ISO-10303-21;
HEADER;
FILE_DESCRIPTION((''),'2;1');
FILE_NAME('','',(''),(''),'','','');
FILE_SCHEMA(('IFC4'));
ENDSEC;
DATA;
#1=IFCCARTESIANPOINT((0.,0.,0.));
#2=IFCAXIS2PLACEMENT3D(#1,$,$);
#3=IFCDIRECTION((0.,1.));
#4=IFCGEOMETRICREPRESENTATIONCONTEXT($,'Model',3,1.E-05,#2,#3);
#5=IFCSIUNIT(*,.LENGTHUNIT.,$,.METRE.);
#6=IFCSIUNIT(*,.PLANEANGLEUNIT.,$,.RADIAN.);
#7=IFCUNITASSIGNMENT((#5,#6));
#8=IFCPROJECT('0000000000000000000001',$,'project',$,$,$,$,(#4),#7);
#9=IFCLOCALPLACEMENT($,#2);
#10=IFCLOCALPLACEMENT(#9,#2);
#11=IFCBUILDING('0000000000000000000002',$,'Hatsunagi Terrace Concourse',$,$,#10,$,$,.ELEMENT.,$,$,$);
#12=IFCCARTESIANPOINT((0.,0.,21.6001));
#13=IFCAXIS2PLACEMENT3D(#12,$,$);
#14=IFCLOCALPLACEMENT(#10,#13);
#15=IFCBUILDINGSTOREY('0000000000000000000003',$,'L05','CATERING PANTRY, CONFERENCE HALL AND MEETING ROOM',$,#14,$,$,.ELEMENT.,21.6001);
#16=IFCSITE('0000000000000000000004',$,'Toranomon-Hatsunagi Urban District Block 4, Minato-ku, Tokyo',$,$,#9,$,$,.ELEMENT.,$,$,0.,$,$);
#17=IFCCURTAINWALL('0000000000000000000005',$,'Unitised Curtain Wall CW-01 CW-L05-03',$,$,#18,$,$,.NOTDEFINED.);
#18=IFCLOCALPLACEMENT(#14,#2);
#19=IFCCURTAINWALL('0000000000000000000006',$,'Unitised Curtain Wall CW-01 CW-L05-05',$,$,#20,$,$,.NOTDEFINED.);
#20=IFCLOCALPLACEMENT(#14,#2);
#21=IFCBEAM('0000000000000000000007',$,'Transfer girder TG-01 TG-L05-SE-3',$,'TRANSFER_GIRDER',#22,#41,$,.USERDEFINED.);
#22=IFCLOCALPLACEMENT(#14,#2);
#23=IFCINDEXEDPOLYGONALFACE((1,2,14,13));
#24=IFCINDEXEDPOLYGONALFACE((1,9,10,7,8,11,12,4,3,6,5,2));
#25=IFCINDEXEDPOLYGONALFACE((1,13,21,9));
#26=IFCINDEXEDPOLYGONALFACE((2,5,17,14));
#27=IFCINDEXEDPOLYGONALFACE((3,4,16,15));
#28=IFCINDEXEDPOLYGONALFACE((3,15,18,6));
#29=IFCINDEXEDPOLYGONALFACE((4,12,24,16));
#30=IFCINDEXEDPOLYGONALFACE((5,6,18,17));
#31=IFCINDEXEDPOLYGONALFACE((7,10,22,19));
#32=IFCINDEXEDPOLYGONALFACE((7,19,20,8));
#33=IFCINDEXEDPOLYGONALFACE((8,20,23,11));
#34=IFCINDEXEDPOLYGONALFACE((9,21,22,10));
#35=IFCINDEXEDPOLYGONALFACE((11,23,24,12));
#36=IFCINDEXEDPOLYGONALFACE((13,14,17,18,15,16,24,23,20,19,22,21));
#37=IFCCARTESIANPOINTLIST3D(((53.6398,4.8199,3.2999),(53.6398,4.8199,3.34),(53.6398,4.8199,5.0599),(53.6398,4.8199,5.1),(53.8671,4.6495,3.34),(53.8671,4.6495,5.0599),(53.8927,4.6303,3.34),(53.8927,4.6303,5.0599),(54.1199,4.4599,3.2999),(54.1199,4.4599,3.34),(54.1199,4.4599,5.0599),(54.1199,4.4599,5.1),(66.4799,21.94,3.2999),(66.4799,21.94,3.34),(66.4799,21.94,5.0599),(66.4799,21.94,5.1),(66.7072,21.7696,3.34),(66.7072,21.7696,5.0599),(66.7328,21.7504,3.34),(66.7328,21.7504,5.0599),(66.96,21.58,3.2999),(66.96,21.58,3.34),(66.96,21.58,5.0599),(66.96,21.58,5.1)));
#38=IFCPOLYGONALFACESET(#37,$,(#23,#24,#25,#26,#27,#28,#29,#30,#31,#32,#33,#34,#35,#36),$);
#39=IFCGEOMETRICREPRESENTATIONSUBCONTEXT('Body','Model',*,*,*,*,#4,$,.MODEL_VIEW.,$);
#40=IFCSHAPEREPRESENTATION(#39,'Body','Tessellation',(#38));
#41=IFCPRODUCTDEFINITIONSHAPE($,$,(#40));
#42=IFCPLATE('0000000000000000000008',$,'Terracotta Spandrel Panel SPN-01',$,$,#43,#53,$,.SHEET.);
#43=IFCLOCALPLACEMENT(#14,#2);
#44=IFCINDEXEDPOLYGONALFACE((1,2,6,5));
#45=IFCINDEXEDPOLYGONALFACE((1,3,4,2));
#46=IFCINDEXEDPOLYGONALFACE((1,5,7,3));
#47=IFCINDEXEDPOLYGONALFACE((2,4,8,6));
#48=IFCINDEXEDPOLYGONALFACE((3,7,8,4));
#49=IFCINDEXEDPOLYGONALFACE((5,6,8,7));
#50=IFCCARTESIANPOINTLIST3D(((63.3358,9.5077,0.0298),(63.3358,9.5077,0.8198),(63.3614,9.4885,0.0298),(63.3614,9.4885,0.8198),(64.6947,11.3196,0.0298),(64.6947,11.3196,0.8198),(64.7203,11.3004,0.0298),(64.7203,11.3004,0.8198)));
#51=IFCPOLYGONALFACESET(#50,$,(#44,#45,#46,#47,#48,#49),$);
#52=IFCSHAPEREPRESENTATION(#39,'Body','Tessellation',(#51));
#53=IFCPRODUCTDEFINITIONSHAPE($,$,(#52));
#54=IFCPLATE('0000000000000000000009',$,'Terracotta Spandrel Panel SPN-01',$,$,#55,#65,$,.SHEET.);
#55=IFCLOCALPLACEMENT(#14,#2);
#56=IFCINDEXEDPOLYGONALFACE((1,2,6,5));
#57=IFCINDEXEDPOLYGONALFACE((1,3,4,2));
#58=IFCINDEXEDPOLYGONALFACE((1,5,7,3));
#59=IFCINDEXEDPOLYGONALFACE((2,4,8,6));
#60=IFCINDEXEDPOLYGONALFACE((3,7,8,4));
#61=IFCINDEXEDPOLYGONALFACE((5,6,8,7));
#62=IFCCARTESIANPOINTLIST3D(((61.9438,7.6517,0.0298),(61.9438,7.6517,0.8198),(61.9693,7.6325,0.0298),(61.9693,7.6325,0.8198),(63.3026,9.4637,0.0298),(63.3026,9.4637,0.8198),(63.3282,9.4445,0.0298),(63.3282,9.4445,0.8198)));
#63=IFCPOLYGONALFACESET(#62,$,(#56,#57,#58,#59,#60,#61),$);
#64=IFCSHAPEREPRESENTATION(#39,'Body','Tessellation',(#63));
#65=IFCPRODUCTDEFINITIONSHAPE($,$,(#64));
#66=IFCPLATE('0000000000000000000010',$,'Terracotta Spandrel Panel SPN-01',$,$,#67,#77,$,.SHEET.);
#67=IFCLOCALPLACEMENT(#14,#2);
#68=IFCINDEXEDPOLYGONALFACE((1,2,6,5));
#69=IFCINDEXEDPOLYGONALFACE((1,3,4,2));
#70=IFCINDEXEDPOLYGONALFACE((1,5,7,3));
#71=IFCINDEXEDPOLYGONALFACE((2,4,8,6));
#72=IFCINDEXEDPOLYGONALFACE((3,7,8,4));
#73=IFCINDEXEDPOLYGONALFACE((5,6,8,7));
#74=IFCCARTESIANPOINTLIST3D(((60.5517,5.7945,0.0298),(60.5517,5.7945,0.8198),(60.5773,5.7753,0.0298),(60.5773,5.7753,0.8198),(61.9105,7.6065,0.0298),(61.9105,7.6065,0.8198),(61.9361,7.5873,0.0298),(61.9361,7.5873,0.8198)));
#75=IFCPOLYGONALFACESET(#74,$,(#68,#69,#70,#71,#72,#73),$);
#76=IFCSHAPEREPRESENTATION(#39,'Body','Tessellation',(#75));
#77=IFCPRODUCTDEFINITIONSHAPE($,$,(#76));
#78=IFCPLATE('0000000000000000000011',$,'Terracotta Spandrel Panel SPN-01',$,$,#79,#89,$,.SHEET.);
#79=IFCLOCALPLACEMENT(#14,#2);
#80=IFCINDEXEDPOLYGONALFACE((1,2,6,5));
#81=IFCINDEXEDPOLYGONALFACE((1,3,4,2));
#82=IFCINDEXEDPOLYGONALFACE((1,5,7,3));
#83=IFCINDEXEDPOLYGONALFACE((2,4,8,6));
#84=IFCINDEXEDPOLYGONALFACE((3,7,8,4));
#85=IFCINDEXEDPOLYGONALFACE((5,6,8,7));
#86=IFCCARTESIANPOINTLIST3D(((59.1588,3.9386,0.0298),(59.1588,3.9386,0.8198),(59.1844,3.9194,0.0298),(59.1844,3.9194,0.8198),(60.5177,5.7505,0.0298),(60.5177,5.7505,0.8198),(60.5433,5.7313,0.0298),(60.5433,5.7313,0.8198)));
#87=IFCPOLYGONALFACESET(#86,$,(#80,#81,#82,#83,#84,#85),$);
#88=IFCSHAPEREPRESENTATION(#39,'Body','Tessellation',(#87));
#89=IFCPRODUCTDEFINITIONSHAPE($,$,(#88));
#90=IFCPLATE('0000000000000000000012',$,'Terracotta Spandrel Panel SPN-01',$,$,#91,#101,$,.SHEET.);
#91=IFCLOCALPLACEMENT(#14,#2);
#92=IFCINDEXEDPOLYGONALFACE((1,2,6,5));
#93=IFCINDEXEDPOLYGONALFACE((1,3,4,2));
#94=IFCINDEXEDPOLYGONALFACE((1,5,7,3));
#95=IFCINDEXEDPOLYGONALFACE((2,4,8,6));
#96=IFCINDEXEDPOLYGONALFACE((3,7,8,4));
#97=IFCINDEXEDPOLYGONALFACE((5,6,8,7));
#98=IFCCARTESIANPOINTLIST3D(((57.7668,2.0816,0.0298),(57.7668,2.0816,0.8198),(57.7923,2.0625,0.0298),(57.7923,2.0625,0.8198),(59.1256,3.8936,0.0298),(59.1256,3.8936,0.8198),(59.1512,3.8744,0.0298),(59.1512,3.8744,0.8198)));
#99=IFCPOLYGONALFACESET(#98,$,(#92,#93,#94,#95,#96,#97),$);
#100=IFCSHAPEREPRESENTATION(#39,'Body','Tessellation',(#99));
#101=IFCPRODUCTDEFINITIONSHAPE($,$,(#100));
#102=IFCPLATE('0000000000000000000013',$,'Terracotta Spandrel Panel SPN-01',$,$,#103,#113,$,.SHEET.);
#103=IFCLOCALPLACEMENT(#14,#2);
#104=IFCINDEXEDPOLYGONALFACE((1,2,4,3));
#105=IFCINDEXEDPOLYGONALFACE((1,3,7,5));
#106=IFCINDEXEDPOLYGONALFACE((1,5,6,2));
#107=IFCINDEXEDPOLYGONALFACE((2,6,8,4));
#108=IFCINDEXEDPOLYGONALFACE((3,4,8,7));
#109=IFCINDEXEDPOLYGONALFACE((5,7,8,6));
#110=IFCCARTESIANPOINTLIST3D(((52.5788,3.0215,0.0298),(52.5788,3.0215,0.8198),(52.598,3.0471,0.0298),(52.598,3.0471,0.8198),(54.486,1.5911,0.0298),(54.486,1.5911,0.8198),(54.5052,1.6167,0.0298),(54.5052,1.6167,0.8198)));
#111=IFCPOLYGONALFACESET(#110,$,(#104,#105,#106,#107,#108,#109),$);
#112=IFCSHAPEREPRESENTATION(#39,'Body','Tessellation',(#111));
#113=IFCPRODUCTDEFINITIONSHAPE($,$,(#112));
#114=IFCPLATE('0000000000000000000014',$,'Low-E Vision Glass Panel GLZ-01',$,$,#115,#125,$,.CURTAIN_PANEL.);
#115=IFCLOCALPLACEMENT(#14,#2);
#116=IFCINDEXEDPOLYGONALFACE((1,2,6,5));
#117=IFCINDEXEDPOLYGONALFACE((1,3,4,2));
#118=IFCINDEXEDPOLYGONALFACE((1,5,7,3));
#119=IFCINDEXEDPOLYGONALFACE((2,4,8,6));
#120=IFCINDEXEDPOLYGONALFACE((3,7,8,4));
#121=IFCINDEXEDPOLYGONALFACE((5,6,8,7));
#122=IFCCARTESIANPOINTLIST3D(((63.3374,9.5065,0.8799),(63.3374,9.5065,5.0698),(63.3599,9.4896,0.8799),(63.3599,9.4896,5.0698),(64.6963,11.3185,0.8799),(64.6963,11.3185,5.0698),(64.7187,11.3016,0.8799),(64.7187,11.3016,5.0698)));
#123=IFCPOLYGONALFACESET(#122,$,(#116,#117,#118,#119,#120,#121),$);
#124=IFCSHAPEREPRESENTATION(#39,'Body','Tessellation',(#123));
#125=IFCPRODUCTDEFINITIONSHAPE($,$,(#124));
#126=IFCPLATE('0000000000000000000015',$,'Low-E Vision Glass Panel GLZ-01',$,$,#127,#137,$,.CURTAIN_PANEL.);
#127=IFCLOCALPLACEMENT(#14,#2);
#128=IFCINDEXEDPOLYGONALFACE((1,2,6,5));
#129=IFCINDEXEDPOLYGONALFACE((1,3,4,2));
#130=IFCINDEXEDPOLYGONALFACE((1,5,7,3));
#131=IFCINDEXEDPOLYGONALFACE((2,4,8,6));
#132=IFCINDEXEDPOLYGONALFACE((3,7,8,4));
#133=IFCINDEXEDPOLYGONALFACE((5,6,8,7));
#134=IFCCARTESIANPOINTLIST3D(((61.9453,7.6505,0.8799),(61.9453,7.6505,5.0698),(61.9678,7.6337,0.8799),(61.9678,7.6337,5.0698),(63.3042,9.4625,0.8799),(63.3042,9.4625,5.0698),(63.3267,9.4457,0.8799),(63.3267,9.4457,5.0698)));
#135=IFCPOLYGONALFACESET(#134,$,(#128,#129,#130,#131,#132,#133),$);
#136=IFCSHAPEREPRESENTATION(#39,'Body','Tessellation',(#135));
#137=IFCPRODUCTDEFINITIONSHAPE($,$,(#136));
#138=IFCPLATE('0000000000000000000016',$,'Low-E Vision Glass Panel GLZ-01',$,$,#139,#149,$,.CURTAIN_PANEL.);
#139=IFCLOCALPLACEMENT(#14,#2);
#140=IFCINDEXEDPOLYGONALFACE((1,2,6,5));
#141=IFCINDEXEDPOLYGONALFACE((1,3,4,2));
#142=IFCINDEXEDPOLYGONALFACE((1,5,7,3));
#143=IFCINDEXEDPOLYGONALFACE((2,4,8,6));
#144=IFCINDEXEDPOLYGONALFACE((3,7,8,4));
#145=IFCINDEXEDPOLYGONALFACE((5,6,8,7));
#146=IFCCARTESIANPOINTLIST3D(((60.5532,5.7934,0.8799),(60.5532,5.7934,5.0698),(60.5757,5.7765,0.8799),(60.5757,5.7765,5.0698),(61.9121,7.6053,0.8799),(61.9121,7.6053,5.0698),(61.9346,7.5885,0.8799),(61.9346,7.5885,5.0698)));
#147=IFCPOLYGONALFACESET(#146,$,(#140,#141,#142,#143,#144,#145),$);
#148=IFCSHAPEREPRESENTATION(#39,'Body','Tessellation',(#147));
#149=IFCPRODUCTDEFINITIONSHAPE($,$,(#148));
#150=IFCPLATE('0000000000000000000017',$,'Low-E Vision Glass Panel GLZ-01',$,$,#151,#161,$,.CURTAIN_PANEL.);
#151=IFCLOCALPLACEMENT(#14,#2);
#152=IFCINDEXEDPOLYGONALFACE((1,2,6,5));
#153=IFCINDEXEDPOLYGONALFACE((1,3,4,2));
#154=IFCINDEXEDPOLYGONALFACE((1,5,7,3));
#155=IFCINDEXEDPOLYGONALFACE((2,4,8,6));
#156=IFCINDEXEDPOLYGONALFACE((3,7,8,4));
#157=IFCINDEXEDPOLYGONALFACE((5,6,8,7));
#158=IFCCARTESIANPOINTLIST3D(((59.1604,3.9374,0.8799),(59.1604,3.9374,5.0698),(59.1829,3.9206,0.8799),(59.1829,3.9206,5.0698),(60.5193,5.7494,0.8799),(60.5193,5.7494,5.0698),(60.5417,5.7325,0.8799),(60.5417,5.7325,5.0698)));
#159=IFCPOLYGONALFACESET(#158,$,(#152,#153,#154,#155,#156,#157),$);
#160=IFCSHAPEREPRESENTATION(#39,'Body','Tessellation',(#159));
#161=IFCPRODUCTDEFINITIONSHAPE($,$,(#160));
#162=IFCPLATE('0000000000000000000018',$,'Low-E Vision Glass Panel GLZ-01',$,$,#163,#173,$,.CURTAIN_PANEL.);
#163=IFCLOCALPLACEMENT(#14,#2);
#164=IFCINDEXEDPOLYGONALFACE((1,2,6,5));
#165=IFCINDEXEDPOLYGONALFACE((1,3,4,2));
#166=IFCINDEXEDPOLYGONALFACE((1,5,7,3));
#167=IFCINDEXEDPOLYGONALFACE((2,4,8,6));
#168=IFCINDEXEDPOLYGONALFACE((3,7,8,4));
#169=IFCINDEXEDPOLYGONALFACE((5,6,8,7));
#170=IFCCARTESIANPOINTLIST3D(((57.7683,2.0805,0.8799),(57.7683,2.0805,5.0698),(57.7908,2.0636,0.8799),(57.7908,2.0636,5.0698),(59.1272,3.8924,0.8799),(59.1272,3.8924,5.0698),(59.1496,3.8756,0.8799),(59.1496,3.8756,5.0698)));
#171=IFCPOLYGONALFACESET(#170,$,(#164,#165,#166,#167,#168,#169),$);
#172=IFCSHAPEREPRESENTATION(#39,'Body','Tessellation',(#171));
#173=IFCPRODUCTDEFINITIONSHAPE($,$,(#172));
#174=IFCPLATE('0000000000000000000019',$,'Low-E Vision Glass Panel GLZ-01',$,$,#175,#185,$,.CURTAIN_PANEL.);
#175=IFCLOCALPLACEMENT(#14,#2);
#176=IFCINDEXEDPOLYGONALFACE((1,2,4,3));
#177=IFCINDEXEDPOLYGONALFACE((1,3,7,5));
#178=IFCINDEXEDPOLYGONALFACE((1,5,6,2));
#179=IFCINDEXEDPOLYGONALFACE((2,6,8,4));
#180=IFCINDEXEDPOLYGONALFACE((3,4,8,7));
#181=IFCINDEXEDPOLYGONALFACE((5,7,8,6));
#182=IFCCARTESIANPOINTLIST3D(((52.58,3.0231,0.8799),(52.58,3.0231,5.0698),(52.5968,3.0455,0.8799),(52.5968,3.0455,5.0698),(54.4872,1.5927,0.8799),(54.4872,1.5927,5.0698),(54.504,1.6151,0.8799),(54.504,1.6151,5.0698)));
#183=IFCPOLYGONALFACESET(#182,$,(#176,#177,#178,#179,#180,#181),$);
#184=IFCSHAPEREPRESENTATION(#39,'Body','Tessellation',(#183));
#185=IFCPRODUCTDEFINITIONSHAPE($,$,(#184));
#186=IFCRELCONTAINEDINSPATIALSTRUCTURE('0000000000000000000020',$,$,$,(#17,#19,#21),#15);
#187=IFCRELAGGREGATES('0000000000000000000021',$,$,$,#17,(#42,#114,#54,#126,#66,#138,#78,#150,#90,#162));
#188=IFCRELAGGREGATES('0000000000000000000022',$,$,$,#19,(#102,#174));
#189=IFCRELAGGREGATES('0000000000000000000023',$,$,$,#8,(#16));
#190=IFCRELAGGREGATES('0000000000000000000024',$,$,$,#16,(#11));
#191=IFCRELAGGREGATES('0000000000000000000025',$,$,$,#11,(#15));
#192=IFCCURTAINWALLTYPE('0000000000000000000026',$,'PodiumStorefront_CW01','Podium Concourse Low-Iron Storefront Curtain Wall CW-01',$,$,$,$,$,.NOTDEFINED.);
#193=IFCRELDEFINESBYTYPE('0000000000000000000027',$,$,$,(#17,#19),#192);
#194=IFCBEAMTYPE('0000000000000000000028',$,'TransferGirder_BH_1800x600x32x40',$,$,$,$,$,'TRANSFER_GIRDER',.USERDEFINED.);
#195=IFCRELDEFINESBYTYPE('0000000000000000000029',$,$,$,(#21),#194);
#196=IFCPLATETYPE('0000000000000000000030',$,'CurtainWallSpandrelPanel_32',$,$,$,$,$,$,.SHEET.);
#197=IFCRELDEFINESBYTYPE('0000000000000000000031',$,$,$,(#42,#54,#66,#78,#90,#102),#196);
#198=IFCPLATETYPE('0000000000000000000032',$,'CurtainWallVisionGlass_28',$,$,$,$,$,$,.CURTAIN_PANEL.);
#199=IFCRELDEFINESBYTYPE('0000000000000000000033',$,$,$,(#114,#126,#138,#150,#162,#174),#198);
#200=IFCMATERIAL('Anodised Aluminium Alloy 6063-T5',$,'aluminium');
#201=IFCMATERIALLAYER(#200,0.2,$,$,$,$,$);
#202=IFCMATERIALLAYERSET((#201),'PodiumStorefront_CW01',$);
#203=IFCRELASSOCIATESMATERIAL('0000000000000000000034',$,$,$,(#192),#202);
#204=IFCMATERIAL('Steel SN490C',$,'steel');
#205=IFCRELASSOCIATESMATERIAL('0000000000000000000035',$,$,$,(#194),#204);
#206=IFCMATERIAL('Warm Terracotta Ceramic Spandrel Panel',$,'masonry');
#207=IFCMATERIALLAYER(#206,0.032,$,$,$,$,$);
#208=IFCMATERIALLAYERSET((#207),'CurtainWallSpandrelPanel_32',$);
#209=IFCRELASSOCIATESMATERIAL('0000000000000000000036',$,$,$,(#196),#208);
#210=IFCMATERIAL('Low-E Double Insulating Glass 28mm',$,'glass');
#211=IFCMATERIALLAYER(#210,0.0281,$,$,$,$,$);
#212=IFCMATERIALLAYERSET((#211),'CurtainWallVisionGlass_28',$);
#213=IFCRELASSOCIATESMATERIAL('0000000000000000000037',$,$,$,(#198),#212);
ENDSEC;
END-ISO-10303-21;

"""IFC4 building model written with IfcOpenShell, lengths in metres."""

from ifc_helpers import new_model, si_unit, direction, frame, origin, origin_2d, place, context, subcontext, project, spatial, rectangle, i_section, extrude, material, layer, layer_set, material_profile, profile_set, type_object, element, aggregate, save


model = new_model("IFC4")

# Units and contexts
model_context = context("Model", 3, precision=1e-05, world=origin(), true_north=direction((0.0, 1.0)))
body_context = subcontext(model_context, "Body", "Model", "MODEL_VIEW")
ifc_project = project(units=[si_unit("LENGTHUNIT", "METRE"), si_unit("PLANEANGLEUNIT", "RADIAN")], contexts=[model_context])

# Site, building, storey
site_placement = place(None, origin())
site = spatial("IfcSite", under=ifc_project, at=site_placement, Name="Toranomon-Hatsunagi Urban District Block 4, Minato-ku, Tokyo", CompositionType="ELEMENT", RefElevation=0.0)
building_placement = place(site_placement, origin())
building = spatial("IfcBuilding", under=site, at=building_placement, Name="Hatsunagi Terrace Concourse", CompositionType="ELEMENT")
storey_placement = place(building_placement, frame((0.0, 0.0, 21.6001)))
storey = spatial("IfcBuildingStorey", under=building, at=storey_placement, Name="L05", Description="CATERING PANTRY, CONFERENCE HALL AND MEETING ROOM", CompositionType="ELEMENT", Elevation=21.6001)

# Curtain walls
ifc_material_1 = material(Name="Anodised Aluminium Alloy 6063-T5", Category="aluminium")
ifc_layer_1 = layer(ifc_material_1, 0.2)
ifc_layer_set_1 = layer_set([ifc_layer_1], Name="PodiumStorefront_CW01")
curtain_wall_type = type_object("IfcCurtainWallType", Name="PodiumStorefront_CW01", Description="Podium Concourse Low-Iron Storefront Curtain Wall CW-01", PredefinedType="NOTDEFINED", material=ifc_layer_set_1)
curtain_wall_1_placement = place(storey_placement, origin())
curtain_wall_1 = element("IfcCurtainWall", 1, at=curtain_wall_1_placement, inside=storey, type_object=curtain_wall_type, Name="Unitised Curtain Wall CW-01 CW-L05-03", PredefinedType="NOTDEFINED")
curtain_wall_2_placement = place(storey_placement, origin())
curtain_wall_2 = element("IfcCurtainWall", 2, at=curtain_wall_2_placement, inside=storey, type_object=curtain_wall_type, Name="Unitised Curtain Wall CW-01 CW-L05-05", PredefinedType="NOTDEFINED")

# Beam
ifc_material_2 = material(Name="Steel SN490C", Category="steel")
ifc_material_profile_1 = material_profile(ifc_material_2, i_section(OverallWidth=0.6001, OverallDepth=1.8, WebThickness=0.032, FlangeThickness=0.04, at=origin_2d()), Name="BH-1800x600x32x40")
ifc_profile_set_1 = profile_set([ifc_material_profile_1], Name="Steel SN490C")
beam_type = type_object("IfcBeamType", Name="TransferGirder_BH_1800x600x32x40", ElementType="TRANSFER_GIRDER", PredefinedType="USERDEFINED", material=ifc_profile_set_1)
beam_placement = place(storey_placement, frame((53.8799, 4.6399, 4.2), z_axis=(0.6, 0.8, 0.0), x_axis=(-0.8, 0.6, 0.0)))
element("IfcBeam", 3, at=beam_placement, inside=storey, type_object=beam_type, Name="Transfer girder TG-01 TG-L05-SE-3", ObjectType="TRANSFER_GIRDER", PredefinedType="USERDEFINED", context=body_context, shape_type="SweptSolid", body=[
    extrude(i_section(OverallWidth=0.6001, OverallDepth=1.8, WebThickness=0.032, FlangeThickness=0.04, at=origin_2d()), origin(), (0.0, 0.0, 1.0), 21.4001),
])

# Plates
ifc_material_3 = material(Name="Warm Terracotta Ceramic Spandrel Panel", Category="masonry")
ifc_layer_2 = layer(ifc_material_3, 0.032)
ifc_layer_set_2 = layer_set([ifc_layer_2], Name="CurtainWallSpandrelPanel_32")
plate_type_1 = type_object("IfcPlateType", Name="CurtainWallSpandrelPanel_32", PredefinedType="SHEET", material=ifc_layer_set_2)
plate_1_placement = place(storey_placement, frame((64.0281, 10.4041, 0.0298), z_axis=(0.0, 0.0, 1.0), x_axis=(-0.599969, -0.800023, 0.0)))
plate_1 = element("IfcPlate", 4, at=plate_1_placement, type_object=plate_type_1, Name="Terracotta Spandrel Panel SPN-01", PredefinedType="SHEET", context=body_context, shape_type="SweptSolid", body=[
    extrude(rectangle(XDim=2.2649, YDim=0.032, at=origin_2d()), origin(), (0.0, 0.0, 1.0), 0.79),
])
plate_2_placement = place(storey_placement, frame((62.636, 8.5481, 0.0298), z_axis=(0.0, 0.0, 1.0), x_axis=(-0.599969, -0.800023, 0.0)))
plate_2 = element("IfcPlate", 5, at=plate_2_placement, type_object=plate_type_1, Name="Terracotta Spandrel Panel SPN-01", PredefinedType="SHEET", context=body_context, shape_type="SweptSolid", body=[
    extrude(rectangle(XDim=2.2649, YDim=0.032, at=origin_2d()), origin(), (0.0, 0.0, 1.0), 0.79),
])
plate_3_placement = place(storey_placement, frame((61.2439, 6.6909, 0.0298), z_axis=(0.0, 0.0, 1.0), x_axis=(-0.599969, -0.800023, 0.0)))
plate_3 = element("IfcPlate", 6, at=plate_3_placement, type_object=plate_type_1, Name="Terracotta Spandrel Panel SPN-01", PredefinedType="SHEET", context=body_context, shape_type="SweptSolid", body=[
    extrude(rectangle(XDim=2.2649, YDim=0.032, at=origin_2d()), origin(), (0.0, 0.0, 1.0), 0.79),
])
plate_4_placement = place(storey_placement, frame((59.8511, 4.835, 0.0298), z_axis=(0.0, 0.0, 1.0), x_axis=(-0.599969, -0.800023, 0.0)))
plate_4 = element("IfcPlate", 7, at=plate_4_placement, type_object=plate_type_1, Name="Terracotta Spandrel Panel SPN-01", PredefinedType="SHEET", context=body_context, shape_type="SweptSolid", body=[
    extrude(rectangle(XDim=2.2649, YDim=0.032, at=origin_2d()), origin(), (0.0, 0.0, 1.0), 0.79),
])
plate_5_placement = place(storey_placement, frame((58.459, 2.978, 0.0298), z_axis=(0.0, 0.0, 1.0), x_axis=(-0.599969, -0.800023, 0.0)))
plate_5 = element("IfcPlate", 8, at=plate_5_placement, type_object=plate_type_1, Name="Terracotta Spandrel Panel SPN-01", PredefinedType="SHEET", context=body_context, shape_type="SweptSolid", body=[
    extrude(rectangle(XDim=2.2649, YDim=0.032, at=origin_2d()), origin(), (0.0, 0.0, 1.0), 0.79),
])
plate_6_placement = place(storey_placement, frame((53.542, 2.3191, 0.0298), z_axis=(0.0, 0.0, 1.0), x_axis=(-0.800003, 0.599996, 0.0)))
plate_6 = element("IfcPlate", 9, at=plate_6_placement, type_object=plate_type_1, Name="Terracotta Spandrel Panel SPN-01", PredefinedType="SHEET", context=body_context, shape_type="SweptSolid", body=[
    extrude(rectangle(XDim=2.384, YDim=0.032, at=origin_2d()), origin(), (0.0, 0.0, 1.0), 0.79),
])
ifc_material_4 = material(Name="Low-E Double Insulating Glass 28mm", Category="glass")
ifc_layer_3 = layer(ifc_material_4, 0.0281)
ifc_layer_set_3 = layer_set([ifc_layer_3], Name="CurtainWallVisionGlass_28")
plate_type_2 = type_object("IfcPlateType", Name="CurtainWallVisionGlass_28", PredefinedType="CURTAIN_PANEL", material=ifc_layer_set_3)
plate_7_placement = place(storey_placement, frame((64.0281, 10.4041, 0.8799), z_axis=(0.0, 0.0, 1.0), x_axis=(-0.599969, -0.800023, 0.0)))
plate_7 = element("IfcPlate", 10, at=plate_7_placement, type_object=plate_type_2, Name="Low-E Vision Glass Panel GLZ-01", PredefinedType="CURTAIN_PANEL", context=body_context, shape_type="SweptSolid", body=[
    extrude(rectangle(XDim=2.2649, YDim=0.0281, at=origin_2d()), origin(), (0.0, 0.0, 1.0), 4.1899),
])
plate_8_placement = place(storey_placement, frame((62.636, 8.5481, 0.8799), z_axis=(0.0, 0.0, 1.0), x_axis=(-0.599969, -0.800023, 0.0)))
plate_8 = element("IfcPlate", 11, at=plate_8_placement, type_object=plate_type_2, Name="Low-E Vision Glass Panel GLZ-01", PredefinedType="CURTAIN_PANEL", context=body_context, shape_type="SweptSolid", body=[
    extrude(rectangle(XDim=2.2649, YDim=0.0281, at=origin_2d()), origin(), (0.0, 0.0, 1.0), 4.1899),
])
plate_9_placement = place(storey_placement, frame((61.2439, 6.6909, 0.8799), z_axis=(0.0, 0.0, 1.0), x_axis=(-0.599969, -0.800023, 0.0)))
plate_9 = element("IfcPlate", 12, at=plate_9_placement, type_object=plate_type_2, Name="Low-E Vision Glass Panel GLZ-01", PredefinedType="CURTAIN_PANEL", context=body_context, shape_type="SweptSolid", body=[
    extrude(rectangle(XDim=2.2649, YDim=0.0281, at=origin_2d()), origin(), (0.0, 0.0, 1.0), 4.1899),
])
plate_10_placement = place(storey_placement, frame((59.8511, 4.835, 0.8799), z_axis=(0.0, 0.0, 1.0), x_axis=(-0.599969, -0.800023, 0.0)))
plate_10 = element("IfcPlate", 13, at=plate_10_placement, type_object=plate_type_2, Name="Low-E Vision Glass Panel GLZ-01", PredefinedType="CURTAIN_PANEL", context=body_context, shape_type="SweptSolid", body=[
    extrude(rectangle(XDim=2.2649, YDim=0.0281, at=origin_2d()), origin(), (0.0, 0.0, 1.0), 4.1899),
])
plate_11_placement = place(storey_placement, frame((58.459, 2.978, 0.8799), z_axis=(0.0, 0.0, 1.0), x_axis=(-0.599969, -0.800023, 0.0)))
plate_11 = element("IfcPlate", 14, at=plate_11_placement, type_object=plate_type_2, Name="Low-E Vision Glass Panel GLZ-01", PredefinedType="CURTAIN_PANEL", context=body_context, shape_type="SweptSolid", body=[
    extrude(rectangle(XDim=2.2649, YDim=0.0281, at=origin_2d()), origin(), (0.0, 0.0, 1.0), 4.1899),
])
aggregate(curtain_wall_1, [plate_1, plate_7, plate_2, plate_8, plate_3, plate_9, plate_4, plate_10, plate_5, plate_11])
plate_12_placement = place(storey_placement, frame((53.542, 2.3191, 0.8799), z_axis=(0.0, 0.0, 1.0), x_axis=(-0.800003, 0.599996, 0.0)))
plate_12 = element("IfcPlate", 15, at=plate_12_placement, type_object=plate_type_2, Name="Low-E Vision Glass Panel GLZ-01", PredefinedType="CURTAIN_PANEL", context=body_context, shape_type="SweptSolid", body=[
    extrude(rectangle(XDim=2.384, YDim=0.0281, at=origin_2d()), origin(), (0.0, 0.0, 1.0), 4.1899),
])
aggregate(curtain_wall_2, [plate_6, plate_12])

save(model, "model.ifc")
